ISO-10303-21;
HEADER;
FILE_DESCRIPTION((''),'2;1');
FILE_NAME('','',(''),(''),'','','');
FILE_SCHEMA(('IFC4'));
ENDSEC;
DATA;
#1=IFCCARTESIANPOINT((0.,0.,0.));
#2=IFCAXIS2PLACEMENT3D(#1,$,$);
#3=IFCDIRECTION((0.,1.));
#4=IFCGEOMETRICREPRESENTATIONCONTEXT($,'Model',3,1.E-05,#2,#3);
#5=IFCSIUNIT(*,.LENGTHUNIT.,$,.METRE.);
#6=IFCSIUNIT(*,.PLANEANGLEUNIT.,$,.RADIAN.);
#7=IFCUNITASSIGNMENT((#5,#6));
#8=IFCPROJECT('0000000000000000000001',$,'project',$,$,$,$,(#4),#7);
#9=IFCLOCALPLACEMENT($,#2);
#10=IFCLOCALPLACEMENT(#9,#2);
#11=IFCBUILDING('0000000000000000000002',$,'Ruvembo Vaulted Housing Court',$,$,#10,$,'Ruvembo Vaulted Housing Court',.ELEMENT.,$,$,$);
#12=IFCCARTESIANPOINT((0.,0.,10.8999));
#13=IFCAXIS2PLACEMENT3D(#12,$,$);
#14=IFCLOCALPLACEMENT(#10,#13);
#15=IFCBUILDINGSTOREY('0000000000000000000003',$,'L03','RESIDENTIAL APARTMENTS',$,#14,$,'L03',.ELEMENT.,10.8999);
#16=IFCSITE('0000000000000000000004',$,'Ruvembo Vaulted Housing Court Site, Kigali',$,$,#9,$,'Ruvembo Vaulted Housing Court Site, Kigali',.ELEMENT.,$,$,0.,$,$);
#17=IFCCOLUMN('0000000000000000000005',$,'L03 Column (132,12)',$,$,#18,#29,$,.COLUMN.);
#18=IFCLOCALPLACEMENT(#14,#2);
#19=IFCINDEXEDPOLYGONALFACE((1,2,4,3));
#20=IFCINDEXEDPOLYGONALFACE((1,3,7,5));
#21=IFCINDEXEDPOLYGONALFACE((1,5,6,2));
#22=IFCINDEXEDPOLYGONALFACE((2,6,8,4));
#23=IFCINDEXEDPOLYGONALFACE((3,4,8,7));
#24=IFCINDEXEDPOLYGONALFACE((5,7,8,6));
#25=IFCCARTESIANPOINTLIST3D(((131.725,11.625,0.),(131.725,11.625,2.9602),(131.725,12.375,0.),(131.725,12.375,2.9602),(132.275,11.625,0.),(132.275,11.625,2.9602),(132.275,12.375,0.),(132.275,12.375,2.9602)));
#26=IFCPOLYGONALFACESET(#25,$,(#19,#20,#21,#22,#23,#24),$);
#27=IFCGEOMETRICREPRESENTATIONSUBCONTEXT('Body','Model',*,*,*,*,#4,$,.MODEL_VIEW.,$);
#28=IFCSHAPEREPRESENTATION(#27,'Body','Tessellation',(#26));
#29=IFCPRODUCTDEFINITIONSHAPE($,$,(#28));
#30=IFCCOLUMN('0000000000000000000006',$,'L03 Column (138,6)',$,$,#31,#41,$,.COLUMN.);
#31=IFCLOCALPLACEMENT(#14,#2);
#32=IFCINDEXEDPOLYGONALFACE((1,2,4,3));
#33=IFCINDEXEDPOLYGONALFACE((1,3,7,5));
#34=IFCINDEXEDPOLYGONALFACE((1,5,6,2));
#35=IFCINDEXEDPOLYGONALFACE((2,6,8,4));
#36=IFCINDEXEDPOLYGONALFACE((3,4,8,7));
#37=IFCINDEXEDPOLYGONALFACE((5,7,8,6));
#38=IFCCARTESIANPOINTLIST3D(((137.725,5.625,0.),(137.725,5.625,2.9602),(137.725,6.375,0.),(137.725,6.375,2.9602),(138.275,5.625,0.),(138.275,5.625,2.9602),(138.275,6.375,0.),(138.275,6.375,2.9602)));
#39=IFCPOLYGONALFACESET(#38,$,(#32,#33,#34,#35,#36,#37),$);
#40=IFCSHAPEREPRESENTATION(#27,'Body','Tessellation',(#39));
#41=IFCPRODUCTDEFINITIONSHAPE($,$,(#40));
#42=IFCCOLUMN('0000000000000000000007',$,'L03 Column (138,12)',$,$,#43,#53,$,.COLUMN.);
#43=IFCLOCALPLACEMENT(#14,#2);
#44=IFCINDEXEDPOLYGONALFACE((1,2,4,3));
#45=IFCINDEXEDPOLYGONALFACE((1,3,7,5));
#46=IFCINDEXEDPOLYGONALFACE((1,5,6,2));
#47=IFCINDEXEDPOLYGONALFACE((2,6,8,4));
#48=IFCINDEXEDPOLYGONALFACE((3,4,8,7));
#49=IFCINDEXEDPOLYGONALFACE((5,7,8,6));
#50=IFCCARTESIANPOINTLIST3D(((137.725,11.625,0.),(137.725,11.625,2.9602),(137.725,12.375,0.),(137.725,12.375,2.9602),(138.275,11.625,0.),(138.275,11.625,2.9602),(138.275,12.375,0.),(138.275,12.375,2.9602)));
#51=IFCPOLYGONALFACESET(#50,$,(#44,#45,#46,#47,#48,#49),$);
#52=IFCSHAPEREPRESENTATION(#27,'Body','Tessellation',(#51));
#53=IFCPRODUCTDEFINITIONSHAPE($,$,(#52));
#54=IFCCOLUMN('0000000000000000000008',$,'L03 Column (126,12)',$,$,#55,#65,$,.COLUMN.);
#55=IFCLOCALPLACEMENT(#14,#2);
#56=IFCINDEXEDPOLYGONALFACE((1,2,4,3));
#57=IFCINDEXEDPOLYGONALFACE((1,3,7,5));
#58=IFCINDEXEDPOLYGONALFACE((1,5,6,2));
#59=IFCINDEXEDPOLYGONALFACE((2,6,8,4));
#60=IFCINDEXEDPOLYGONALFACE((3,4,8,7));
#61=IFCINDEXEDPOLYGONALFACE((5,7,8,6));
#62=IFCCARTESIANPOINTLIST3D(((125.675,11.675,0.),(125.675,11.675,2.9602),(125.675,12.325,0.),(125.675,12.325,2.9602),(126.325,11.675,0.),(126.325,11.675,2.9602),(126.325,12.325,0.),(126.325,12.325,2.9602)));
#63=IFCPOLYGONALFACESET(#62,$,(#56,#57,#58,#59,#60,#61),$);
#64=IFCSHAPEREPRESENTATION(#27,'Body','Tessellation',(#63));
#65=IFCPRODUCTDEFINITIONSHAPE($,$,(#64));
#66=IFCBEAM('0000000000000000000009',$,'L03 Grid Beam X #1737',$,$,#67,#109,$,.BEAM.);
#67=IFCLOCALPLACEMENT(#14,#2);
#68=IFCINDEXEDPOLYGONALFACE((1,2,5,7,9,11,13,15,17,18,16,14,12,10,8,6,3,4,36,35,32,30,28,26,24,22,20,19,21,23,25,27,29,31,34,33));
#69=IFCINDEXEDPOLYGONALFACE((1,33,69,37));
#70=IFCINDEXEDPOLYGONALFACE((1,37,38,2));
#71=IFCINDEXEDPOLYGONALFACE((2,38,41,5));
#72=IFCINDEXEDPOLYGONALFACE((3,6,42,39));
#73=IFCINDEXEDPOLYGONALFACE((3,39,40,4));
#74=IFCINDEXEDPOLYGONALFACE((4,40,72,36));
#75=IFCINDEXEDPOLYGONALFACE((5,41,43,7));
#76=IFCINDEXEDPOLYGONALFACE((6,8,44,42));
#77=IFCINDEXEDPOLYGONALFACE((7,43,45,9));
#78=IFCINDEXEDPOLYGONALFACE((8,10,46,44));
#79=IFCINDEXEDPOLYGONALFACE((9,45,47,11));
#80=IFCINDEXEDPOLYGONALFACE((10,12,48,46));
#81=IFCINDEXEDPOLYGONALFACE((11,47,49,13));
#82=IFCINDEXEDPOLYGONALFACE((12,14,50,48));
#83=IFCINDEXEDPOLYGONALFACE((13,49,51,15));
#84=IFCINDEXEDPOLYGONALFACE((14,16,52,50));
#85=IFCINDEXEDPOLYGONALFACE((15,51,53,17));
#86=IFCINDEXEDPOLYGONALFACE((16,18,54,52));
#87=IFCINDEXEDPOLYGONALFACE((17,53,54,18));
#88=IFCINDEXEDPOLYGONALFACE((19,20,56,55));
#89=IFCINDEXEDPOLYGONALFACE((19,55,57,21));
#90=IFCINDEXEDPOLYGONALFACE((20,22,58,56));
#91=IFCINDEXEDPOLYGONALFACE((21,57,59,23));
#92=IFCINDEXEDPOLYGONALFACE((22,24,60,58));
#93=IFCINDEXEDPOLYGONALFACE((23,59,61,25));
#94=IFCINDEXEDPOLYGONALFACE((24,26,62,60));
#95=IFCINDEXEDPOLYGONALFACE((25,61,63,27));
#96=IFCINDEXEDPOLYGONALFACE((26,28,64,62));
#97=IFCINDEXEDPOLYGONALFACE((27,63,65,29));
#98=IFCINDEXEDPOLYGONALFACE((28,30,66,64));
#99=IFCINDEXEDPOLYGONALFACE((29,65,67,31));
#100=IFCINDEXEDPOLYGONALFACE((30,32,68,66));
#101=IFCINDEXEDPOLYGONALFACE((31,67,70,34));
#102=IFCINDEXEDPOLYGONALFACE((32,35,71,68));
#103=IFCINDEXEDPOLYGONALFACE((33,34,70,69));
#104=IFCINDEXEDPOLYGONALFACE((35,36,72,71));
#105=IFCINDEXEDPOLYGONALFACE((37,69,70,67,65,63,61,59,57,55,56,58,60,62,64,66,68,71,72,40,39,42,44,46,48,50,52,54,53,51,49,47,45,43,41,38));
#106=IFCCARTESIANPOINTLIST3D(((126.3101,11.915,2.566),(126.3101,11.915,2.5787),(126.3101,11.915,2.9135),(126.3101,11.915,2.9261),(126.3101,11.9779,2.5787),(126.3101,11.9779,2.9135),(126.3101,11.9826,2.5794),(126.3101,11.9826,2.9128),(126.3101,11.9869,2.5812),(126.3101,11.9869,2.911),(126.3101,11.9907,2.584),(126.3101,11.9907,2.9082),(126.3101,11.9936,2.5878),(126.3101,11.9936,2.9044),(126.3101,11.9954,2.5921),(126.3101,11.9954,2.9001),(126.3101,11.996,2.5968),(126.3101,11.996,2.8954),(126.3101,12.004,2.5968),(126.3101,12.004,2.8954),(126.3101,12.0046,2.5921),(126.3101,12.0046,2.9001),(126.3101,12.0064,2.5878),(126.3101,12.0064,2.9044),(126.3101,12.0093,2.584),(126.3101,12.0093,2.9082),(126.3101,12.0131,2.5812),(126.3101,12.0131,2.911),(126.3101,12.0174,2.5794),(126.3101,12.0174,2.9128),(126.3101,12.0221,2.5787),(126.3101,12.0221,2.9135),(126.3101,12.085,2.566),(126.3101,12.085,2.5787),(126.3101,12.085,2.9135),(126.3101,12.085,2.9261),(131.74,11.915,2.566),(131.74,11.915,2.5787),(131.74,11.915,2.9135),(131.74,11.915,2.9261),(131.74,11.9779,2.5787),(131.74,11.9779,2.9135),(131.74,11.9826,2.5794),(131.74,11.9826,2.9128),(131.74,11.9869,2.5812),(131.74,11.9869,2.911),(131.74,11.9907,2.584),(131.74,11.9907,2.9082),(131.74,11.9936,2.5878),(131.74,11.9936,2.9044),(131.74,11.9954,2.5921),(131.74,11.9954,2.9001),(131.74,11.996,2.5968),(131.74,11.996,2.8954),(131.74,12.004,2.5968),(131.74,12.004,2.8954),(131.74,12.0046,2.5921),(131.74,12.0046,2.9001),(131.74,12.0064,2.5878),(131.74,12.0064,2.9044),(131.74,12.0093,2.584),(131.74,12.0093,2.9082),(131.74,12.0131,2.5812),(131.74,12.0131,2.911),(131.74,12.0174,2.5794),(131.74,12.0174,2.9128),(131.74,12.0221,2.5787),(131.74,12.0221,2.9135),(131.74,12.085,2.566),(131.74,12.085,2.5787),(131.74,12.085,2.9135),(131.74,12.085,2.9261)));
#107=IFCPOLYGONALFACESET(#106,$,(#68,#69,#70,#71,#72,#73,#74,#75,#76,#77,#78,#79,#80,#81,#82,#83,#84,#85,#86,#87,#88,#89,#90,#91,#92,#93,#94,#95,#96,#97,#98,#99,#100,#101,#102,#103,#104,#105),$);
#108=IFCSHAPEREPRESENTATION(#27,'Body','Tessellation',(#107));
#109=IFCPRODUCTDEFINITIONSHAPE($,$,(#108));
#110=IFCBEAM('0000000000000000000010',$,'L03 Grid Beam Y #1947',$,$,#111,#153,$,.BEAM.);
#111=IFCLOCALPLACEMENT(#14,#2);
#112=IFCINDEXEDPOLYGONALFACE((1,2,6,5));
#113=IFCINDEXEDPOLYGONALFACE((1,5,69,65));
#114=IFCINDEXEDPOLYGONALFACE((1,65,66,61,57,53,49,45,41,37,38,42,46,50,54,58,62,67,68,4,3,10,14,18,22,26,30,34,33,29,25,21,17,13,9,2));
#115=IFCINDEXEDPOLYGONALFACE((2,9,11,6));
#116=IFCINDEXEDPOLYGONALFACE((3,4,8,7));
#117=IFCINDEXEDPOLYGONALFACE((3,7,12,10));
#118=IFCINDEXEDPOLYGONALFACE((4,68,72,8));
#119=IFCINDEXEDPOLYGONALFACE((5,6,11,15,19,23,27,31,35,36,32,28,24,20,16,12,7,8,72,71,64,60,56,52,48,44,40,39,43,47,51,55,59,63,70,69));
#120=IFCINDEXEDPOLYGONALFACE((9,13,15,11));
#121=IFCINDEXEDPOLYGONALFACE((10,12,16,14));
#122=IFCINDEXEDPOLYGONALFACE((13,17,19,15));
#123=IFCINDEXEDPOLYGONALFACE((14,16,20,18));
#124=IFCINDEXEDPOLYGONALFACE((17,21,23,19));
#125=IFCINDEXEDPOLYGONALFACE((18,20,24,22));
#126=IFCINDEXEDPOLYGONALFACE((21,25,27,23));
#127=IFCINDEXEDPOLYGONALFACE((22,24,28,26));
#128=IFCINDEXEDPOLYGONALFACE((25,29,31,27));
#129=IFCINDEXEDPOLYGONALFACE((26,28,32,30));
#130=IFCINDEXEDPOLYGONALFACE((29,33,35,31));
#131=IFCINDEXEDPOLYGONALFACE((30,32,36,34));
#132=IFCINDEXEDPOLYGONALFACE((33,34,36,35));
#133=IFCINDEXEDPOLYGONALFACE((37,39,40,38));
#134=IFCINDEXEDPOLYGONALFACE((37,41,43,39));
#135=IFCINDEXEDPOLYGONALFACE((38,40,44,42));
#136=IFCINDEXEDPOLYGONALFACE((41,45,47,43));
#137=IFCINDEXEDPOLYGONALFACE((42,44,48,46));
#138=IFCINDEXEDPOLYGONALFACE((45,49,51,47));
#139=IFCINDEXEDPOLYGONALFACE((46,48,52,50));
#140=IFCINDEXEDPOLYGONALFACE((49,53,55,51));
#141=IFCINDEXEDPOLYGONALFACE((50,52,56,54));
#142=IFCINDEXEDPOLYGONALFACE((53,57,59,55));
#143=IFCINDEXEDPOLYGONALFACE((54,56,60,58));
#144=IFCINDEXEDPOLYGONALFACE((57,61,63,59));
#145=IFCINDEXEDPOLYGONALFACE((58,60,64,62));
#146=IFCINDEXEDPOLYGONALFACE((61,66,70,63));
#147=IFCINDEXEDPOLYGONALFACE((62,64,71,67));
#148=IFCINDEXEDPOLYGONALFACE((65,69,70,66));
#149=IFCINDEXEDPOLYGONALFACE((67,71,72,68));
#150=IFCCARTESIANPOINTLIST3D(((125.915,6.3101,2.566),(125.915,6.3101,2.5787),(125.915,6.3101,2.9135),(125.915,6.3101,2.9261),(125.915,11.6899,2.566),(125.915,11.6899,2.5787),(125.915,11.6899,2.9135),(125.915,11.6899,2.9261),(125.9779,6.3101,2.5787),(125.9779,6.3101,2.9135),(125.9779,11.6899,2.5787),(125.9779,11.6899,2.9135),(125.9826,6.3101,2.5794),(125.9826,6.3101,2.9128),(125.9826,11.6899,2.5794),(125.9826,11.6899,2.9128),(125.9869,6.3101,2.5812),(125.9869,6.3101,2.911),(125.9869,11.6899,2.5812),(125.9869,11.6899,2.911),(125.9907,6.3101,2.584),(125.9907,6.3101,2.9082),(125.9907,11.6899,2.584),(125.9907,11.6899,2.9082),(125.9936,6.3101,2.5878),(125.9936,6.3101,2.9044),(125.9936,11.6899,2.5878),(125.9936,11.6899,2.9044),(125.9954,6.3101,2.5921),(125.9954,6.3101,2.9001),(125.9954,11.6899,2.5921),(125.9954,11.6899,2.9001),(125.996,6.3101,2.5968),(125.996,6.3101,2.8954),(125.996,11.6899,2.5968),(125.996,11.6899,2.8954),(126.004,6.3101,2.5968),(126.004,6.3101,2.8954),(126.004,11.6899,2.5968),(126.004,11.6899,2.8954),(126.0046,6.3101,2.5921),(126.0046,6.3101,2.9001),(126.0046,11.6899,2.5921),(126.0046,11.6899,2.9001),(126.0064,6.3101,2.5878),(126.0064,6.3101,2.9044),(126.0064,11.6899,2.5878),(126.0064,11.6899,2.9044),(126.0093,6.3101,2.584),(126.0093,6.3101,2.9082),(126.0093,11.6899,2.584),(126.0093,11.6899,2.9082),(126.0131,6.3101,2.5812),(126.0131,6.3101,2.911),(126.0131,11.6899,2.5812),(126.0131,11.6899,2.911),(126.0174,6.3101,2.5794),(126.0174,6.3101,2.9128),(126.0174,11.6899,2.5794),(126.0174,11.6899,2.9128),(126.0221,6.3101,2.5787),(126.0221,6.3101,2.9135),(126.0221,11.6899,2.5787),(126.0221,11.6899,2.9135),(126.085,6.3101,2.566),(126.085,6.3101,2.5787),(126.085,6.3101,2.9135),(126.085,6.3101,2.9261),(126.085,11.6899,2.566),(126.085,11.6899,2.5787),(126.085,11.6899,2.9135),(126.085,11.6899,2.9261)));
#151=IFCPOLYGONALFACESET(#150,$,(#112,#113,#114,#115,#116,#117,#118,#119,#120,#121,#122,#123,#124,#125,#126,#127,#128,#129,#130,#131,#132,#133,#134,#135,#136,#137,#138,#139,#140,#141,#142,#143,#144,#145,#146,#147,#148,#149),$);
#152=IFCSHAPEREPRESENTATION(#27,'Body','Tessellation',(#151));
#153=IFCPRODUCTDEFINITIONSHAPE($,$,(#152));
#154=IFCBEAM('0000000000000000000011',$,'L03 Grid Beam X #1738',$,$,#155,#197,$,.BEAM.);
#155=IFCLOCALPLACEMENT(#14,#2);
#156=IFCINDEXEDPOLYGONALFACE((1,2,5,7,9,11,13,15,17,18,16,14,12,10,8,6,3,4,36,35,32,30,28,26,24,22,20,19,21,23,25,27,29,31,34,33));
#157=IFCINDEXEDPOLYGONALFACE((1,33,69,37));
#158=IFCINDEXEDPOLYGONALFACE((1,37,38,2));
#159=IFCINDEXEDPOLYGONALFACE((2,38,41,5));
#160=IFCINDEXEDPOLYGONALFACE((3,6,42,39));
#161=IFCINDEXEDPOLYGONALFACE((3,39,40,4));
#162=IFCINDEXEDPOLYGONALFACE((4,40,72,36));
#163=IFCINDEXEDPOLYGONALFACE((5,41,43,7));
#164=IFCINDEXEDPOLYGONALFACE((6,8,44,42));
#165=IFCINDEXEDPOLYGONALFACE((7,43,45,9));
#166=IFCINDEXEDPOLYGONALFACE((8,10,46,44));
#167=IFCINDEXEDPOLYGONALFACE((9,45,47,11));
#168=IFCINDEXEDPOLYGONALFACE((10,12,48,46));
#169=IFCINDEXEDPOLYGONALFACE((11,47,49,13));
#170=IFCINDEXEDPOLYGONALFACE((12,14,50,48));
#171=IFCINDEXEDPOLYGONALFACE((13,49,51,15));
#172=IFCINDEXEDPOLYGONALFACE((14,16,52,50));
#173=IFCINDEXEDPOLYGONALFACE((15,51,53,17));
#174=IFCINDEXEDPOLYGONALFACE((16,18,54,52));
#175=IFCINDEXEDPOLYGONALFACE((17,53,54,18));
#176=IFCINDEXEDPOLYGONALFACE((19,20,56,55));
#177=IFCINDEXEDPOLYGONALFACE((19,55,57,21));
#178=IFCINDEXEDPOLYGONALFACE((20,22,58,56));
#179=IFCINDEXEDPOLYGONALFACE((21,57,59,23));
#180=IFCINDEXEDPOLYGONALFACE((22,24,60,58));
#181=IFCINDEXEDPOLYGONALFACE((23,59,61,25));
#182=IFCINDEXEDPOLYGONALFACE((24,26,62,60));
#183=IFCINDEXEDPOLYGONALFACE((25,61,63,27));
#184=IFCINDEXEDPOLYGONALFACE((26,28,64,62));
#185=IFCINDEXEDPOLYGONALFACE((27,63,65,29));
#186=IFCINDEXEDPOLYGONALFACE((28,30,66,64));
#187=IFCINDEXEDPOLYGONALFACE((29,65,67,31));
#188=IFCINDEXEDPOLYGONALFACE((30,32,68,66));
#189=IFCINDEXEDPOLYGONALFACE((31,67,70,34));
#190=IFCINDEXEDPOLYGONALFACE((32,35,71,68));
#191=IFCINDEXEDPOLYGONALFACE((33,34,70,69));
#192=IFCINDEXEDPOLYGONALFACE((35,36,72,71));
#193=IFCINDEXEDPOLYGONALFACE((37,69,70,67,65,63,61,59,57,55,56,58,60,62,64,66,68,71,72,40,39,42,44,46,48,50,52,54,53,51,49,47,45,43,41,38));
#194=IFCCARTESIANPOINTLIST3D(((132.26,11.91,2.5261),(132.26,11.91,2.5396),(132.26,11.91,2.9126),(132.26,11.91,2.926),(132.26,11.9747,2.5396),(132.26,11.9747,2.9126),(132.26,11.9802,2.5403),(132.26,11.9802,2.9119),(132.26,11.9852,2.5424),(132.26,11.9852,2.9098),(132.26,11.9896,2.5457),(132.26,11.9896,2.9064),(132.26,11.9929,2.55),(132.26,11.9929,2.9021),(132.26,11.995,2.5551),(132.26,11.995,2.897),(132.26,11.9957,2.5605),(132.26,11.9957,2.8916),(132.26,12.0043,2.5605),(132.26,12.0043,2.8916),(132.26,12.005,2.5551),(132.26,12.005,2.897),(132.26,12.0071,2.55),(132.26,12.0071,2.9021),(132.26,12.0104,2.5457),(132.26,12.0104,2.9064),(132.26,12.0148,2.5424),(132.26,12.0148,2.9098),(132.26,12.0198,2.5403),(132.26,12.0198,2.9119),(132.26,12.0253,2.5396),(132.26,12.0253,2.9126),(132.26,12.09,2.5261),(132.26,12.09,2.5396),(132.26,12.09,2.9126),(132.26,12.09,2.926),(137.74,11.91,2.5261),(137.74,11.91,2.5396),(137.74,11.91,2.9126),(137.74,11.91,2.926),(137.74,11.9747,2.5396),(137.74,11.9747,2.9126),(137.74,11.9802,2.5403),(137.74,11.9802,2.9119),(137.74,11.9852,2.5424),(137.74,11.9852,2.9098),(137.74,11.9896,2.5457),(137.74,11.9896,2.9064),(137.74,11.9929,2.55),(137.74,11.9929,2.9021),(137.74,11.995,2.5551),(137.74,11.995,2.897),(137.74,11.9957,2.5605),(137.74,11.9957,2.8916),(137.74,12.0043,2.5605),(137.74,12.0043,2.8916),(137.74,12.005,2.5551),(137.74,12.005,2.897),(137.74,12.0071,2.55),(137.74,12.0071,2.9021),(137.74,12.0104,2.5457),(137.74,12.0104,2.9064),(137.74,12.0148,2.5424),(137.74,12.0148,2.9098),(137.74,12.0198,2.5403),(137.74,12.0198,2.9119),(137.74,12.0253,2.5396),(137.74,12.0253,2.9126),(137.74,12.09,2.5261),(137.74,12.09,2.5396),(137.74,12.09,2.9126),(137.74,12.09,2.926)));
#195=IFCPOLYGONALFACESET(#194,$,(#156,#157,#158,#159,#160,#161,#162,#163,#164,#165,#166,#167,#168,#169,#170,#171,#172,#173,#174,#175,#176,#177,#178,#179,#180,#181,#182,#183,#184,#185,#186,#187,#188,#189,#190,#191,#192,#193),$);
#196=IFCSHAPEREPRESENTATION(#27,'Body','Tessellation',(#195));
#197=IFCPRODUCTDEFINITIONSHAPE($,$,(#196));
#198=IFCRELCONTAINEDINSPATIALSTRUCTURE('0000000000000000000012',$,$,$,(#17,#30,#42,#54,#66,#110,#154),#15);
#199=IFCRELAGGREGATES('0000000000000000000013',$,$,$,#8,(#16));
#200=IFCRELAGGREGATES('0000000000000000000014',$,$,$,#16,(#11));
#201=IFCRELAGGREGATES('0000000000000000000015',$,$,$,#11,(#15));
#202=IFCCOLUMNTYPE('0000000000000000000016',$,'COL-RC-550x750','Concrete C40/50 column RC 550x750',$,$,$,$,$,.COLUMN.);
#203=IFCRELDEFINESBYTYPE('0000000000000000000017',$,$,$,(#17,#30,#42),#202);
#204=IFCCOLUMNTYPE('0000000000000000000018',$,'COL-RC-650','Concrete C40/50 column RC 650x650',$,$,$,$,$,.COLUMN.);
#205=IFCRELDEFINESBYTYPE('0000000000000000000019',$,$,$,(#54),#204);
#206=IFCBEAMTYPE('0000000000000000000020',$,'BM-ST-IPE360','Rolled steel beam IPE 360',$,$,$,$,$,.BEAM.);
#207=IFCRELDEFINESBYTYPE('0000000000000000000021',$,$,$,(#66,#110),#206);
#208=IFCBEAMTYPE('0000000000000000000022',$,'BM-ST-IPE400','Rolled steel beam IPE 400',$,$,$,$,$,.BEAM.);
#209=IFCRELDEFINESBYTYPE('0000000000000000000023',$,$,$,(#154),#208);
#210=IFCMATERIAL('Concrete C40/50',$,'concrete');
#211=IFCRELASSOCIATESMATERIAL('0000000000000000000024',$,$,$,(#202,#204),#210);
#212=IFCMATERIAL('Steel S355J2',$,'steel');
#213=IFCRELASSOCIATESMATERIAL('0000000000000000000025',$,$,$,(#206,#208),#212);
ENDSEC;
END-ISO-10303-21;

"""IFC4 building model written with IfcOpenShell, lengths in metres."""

from ifc_helpers import new_model, si_unit, direction, frame, origin, origin_2d, place, context, subcontext, project, spatial, rectangle, i_section, extrude, material, material_profile, profile_set, type_object, element, save


model = new_model("IFC4")

# Units and contexts
model_context = context("Model", 3, precision=1e-05, world=origin(), true_north=direction((0.0, 1.0)))
body_context = subcontext(model_context, "Body", "Model", "MODEL_VIEW")
ifc_project = project(units=[si_unit("LENGTHUNIT", "METRE"), si_unit("PLANEANGLEUNIT", "RADIAN")], contexts=[model_context])

# Site, building, storey
site_placement = place(None, origin())
site = spatial("IfcSite", under=ifc_project, at=site_placement, Name="Ruvembo Vaulted Housing Court Site, Kigali", LongName="Ruvembo Vaulted Housing Court Site, Kigali", CompositionType="ELEMENT", RefElevation=0.0)
building_placement = place(site_placement, origin())
building = spatial("IfcBuilding", under=site, at=building_placement, Name="Ruvembo Vaulted Housing Court", LongName="Ruvembo Vaulted Housing Court", CompositionType="ELEMENT")
storey_placement = place(building_placement, frame((0.0, 0.0, 10.8999)))
storey = spatial("IfcBuildingStorey", under=building, at=storey_placement, Name="L03", Description="RESIDENTIAL APARTMENTS", LongName="L03", CompositionType="ELEMENT", Elevation=10.8999)

# Columns
ifc_material_1 = material(Name="Concrete C40/50", Category="concrete")
ifc_material_profile_1 = material_profile(ifc_material_1, rectangle(XDim=0.55, YDim=0.75, at=origin_2d()), Name="RC 550x750")
ifc_profile_set_1 = profile_set([ifc_material_profile_1], Name="Concrete C40/50")
column_type_1 = type_object("IfcColumnType", Name="COL-RC-550x750", Description="Concrete C40/50 column RC 550x750", PredefinedType="COLUMN", material=ifc_profile_set_1)
for number, where, z_axis, x_axis, name in (
    (1, (132.0, 12.0, 0.0), (0.0, 0.0, 1.0), (1.0, 0.0, 0.0), "L03 Column (132,12)"),
    (2, (138.0, 6.0, 0.0), (0.0, 0.0, 1.0), (1.0, 0.0, 0.0), "L03 Column (138,6)"),
    (3, (138.0, 12.0, 0.0), (0.0, 0.0, 1.0), (1.0, 0.0, 0.0), "L03 Column (138,12)"),
):
    element("IfcColumn", number, at=place(storey_placement, frame(where, z_axis=z_axis, x_axis=x_axis)), inside=storey, type_object=column_type_1, Name=name, PredefinedType="COLUMN", context=body_context, shape_type="SweptSolid", body=[
        extrude(rectangle(XDim=0.55, YDim=0.75, at=origin_2d()), origin(), (0.0, 0.0, 1.0), 2.9602),
    ])
ifc_material_profile_2 = material_profile(ifc_material_1, rectangle(XDim=0.6499, YDim=0.6499, at=origin_2d()), Name="RC 650x650")
ifc_profile_set_2 = profile_set([ifc_material_profile_2], Name="Concrete C40/50")
column_type_2 = type_object("IfcColumnType", Name="COL-RC-650", Description="Concrete C40/50 column RC 650x650", PredefinedType="COLUMN", material=ifc_profile_set_2)
column_placement = place(storey_placement, frame((126.0, 12.0, 0.0), z_axis=(0.0, 0.0, 1.0), x_axis=(1.0, 0.0, 0.0)))
element("IfcColumn", 4, at=column_placement, inside=storey, type_object=column_type_2, Name="L03 Column (126,12)", PredefinedType="COLUMN", context=body_context, shape_type="SweptSolid", body=[
    extrude(rectangle(XDim=0.6499, YDim=0.6499, at=origin_2d()), origin(), (0.0, 0.0, 1.0), 2.9602),
])

# Beams
ifc_material_2 = material(Name="Steel S355J2", Category="steel")
ifc_material_profile_3 = material_profile(ifc_material_2, i_section(OverallWidth=0.1699, OverallDepth=0.3601, WebThickness=0.0081, FlangeThickness=0.0127, FilletRadius=0.0181, at=origin_2d()), Name="IPE 360")
ifc_profile_set_3 = profile_set([ifc_material_profile_3], Name="Steel S355J2")
beam_type_1 = type_object("IfcBeamType", Name="BM-ST-IPE360", Description="Rolled steel beam IPE 360", PredefinedType="BEAM", material=ifc_profile_set_3)
beam_1_placement = place(storey_placement, frame((126.3101, 12.0, 2.7461), z_axis=(1.0, 0.0, 0.0), x_axis=(0.0, 1.0, 0.0)))
element("IfcBeam", 5, at=beam_1_placement, inside=storey, type_object=beam_type_1, Name="L03 Grid Beam X #1737", PredefinedType="BEAM", context=body_context, shape_type="SweptSolid", body=[
    extrude(i_section(OverallWidth=0.1699, OverallDepth=0.3601, WebThickness=0.0081, FlangeThickness=0.0127, FilletRadius=0.0181, at=origin_2d()), origin(), (0.0, 0.0, 1.0), 5.4299),
])
beam_2_placement = place(storey_placement, frame((126.0, 6.3101, 2.7461), z_axis=(0.0, 1.0, 0.0), x_axis=(-1.0, 0.0, 0.0)))
element("IfcBeam", 6, at=beam_2_placement, inside=storey, type_object=beam_type_1, Name="L03 Grid Beam Y #1947", PredefinedType="BEAM", context=body_context, shape_type="SweptSolid", body=[
    extrude(i_section(OverallWidth=0.1699, OverallDepth=0.3601, WebThickness=0.0081, FlangeThickness=0.0127, FilletRadius=0.0181, at=origin_2d()), origin(), (0.0, 0.0, 1.0), 5.3799),
])
ifc_material_profile_4 = material_profile(ifc_material_2, i_section(OverallWidth=0.1799, OverallDepth=0.3999, WebThickness=0.0085, FlangeThickness=0.0134, FilletRadius=0.021, at=origin_2d()), Name="IPE 400")
ifc_profile_set_4 = profile_set([ifc_material_profile_4], Name="Steel S355J2")
beam_type_2 = type_object("IfcBeamType", Name="BM-ST-IPE400", Description="Rolled steel beam IPE 400", PredefinedType="BEAM", material=ifc_profile_set_4)
beam_3_placement = place(storey_placement, frame((132.26, 12.0, 2.7261), z_axis=(1.0, 0.0, 0.0), x_axis=(0.0, 1.0, 0.0)))
element("IfcBeam", 7, at=beam_3_placement, inside=storey, type_object=beam_type_2, Name="L03 Grid Beam X #1738", PredefinedType="BEAM", context=body_context, shape_type="SweptSolid", body=[
    extrude(i_section(OverallWidth=0.1799, OverallDepth=0.3999, WebThickness=0.0085, FlangeThickness=0.0134, FilletRadius=0.021, at=origin_2d()), origin(), (0.0, 0.0, 1.0), 5.48),
])

save(model, "model.ifc")
